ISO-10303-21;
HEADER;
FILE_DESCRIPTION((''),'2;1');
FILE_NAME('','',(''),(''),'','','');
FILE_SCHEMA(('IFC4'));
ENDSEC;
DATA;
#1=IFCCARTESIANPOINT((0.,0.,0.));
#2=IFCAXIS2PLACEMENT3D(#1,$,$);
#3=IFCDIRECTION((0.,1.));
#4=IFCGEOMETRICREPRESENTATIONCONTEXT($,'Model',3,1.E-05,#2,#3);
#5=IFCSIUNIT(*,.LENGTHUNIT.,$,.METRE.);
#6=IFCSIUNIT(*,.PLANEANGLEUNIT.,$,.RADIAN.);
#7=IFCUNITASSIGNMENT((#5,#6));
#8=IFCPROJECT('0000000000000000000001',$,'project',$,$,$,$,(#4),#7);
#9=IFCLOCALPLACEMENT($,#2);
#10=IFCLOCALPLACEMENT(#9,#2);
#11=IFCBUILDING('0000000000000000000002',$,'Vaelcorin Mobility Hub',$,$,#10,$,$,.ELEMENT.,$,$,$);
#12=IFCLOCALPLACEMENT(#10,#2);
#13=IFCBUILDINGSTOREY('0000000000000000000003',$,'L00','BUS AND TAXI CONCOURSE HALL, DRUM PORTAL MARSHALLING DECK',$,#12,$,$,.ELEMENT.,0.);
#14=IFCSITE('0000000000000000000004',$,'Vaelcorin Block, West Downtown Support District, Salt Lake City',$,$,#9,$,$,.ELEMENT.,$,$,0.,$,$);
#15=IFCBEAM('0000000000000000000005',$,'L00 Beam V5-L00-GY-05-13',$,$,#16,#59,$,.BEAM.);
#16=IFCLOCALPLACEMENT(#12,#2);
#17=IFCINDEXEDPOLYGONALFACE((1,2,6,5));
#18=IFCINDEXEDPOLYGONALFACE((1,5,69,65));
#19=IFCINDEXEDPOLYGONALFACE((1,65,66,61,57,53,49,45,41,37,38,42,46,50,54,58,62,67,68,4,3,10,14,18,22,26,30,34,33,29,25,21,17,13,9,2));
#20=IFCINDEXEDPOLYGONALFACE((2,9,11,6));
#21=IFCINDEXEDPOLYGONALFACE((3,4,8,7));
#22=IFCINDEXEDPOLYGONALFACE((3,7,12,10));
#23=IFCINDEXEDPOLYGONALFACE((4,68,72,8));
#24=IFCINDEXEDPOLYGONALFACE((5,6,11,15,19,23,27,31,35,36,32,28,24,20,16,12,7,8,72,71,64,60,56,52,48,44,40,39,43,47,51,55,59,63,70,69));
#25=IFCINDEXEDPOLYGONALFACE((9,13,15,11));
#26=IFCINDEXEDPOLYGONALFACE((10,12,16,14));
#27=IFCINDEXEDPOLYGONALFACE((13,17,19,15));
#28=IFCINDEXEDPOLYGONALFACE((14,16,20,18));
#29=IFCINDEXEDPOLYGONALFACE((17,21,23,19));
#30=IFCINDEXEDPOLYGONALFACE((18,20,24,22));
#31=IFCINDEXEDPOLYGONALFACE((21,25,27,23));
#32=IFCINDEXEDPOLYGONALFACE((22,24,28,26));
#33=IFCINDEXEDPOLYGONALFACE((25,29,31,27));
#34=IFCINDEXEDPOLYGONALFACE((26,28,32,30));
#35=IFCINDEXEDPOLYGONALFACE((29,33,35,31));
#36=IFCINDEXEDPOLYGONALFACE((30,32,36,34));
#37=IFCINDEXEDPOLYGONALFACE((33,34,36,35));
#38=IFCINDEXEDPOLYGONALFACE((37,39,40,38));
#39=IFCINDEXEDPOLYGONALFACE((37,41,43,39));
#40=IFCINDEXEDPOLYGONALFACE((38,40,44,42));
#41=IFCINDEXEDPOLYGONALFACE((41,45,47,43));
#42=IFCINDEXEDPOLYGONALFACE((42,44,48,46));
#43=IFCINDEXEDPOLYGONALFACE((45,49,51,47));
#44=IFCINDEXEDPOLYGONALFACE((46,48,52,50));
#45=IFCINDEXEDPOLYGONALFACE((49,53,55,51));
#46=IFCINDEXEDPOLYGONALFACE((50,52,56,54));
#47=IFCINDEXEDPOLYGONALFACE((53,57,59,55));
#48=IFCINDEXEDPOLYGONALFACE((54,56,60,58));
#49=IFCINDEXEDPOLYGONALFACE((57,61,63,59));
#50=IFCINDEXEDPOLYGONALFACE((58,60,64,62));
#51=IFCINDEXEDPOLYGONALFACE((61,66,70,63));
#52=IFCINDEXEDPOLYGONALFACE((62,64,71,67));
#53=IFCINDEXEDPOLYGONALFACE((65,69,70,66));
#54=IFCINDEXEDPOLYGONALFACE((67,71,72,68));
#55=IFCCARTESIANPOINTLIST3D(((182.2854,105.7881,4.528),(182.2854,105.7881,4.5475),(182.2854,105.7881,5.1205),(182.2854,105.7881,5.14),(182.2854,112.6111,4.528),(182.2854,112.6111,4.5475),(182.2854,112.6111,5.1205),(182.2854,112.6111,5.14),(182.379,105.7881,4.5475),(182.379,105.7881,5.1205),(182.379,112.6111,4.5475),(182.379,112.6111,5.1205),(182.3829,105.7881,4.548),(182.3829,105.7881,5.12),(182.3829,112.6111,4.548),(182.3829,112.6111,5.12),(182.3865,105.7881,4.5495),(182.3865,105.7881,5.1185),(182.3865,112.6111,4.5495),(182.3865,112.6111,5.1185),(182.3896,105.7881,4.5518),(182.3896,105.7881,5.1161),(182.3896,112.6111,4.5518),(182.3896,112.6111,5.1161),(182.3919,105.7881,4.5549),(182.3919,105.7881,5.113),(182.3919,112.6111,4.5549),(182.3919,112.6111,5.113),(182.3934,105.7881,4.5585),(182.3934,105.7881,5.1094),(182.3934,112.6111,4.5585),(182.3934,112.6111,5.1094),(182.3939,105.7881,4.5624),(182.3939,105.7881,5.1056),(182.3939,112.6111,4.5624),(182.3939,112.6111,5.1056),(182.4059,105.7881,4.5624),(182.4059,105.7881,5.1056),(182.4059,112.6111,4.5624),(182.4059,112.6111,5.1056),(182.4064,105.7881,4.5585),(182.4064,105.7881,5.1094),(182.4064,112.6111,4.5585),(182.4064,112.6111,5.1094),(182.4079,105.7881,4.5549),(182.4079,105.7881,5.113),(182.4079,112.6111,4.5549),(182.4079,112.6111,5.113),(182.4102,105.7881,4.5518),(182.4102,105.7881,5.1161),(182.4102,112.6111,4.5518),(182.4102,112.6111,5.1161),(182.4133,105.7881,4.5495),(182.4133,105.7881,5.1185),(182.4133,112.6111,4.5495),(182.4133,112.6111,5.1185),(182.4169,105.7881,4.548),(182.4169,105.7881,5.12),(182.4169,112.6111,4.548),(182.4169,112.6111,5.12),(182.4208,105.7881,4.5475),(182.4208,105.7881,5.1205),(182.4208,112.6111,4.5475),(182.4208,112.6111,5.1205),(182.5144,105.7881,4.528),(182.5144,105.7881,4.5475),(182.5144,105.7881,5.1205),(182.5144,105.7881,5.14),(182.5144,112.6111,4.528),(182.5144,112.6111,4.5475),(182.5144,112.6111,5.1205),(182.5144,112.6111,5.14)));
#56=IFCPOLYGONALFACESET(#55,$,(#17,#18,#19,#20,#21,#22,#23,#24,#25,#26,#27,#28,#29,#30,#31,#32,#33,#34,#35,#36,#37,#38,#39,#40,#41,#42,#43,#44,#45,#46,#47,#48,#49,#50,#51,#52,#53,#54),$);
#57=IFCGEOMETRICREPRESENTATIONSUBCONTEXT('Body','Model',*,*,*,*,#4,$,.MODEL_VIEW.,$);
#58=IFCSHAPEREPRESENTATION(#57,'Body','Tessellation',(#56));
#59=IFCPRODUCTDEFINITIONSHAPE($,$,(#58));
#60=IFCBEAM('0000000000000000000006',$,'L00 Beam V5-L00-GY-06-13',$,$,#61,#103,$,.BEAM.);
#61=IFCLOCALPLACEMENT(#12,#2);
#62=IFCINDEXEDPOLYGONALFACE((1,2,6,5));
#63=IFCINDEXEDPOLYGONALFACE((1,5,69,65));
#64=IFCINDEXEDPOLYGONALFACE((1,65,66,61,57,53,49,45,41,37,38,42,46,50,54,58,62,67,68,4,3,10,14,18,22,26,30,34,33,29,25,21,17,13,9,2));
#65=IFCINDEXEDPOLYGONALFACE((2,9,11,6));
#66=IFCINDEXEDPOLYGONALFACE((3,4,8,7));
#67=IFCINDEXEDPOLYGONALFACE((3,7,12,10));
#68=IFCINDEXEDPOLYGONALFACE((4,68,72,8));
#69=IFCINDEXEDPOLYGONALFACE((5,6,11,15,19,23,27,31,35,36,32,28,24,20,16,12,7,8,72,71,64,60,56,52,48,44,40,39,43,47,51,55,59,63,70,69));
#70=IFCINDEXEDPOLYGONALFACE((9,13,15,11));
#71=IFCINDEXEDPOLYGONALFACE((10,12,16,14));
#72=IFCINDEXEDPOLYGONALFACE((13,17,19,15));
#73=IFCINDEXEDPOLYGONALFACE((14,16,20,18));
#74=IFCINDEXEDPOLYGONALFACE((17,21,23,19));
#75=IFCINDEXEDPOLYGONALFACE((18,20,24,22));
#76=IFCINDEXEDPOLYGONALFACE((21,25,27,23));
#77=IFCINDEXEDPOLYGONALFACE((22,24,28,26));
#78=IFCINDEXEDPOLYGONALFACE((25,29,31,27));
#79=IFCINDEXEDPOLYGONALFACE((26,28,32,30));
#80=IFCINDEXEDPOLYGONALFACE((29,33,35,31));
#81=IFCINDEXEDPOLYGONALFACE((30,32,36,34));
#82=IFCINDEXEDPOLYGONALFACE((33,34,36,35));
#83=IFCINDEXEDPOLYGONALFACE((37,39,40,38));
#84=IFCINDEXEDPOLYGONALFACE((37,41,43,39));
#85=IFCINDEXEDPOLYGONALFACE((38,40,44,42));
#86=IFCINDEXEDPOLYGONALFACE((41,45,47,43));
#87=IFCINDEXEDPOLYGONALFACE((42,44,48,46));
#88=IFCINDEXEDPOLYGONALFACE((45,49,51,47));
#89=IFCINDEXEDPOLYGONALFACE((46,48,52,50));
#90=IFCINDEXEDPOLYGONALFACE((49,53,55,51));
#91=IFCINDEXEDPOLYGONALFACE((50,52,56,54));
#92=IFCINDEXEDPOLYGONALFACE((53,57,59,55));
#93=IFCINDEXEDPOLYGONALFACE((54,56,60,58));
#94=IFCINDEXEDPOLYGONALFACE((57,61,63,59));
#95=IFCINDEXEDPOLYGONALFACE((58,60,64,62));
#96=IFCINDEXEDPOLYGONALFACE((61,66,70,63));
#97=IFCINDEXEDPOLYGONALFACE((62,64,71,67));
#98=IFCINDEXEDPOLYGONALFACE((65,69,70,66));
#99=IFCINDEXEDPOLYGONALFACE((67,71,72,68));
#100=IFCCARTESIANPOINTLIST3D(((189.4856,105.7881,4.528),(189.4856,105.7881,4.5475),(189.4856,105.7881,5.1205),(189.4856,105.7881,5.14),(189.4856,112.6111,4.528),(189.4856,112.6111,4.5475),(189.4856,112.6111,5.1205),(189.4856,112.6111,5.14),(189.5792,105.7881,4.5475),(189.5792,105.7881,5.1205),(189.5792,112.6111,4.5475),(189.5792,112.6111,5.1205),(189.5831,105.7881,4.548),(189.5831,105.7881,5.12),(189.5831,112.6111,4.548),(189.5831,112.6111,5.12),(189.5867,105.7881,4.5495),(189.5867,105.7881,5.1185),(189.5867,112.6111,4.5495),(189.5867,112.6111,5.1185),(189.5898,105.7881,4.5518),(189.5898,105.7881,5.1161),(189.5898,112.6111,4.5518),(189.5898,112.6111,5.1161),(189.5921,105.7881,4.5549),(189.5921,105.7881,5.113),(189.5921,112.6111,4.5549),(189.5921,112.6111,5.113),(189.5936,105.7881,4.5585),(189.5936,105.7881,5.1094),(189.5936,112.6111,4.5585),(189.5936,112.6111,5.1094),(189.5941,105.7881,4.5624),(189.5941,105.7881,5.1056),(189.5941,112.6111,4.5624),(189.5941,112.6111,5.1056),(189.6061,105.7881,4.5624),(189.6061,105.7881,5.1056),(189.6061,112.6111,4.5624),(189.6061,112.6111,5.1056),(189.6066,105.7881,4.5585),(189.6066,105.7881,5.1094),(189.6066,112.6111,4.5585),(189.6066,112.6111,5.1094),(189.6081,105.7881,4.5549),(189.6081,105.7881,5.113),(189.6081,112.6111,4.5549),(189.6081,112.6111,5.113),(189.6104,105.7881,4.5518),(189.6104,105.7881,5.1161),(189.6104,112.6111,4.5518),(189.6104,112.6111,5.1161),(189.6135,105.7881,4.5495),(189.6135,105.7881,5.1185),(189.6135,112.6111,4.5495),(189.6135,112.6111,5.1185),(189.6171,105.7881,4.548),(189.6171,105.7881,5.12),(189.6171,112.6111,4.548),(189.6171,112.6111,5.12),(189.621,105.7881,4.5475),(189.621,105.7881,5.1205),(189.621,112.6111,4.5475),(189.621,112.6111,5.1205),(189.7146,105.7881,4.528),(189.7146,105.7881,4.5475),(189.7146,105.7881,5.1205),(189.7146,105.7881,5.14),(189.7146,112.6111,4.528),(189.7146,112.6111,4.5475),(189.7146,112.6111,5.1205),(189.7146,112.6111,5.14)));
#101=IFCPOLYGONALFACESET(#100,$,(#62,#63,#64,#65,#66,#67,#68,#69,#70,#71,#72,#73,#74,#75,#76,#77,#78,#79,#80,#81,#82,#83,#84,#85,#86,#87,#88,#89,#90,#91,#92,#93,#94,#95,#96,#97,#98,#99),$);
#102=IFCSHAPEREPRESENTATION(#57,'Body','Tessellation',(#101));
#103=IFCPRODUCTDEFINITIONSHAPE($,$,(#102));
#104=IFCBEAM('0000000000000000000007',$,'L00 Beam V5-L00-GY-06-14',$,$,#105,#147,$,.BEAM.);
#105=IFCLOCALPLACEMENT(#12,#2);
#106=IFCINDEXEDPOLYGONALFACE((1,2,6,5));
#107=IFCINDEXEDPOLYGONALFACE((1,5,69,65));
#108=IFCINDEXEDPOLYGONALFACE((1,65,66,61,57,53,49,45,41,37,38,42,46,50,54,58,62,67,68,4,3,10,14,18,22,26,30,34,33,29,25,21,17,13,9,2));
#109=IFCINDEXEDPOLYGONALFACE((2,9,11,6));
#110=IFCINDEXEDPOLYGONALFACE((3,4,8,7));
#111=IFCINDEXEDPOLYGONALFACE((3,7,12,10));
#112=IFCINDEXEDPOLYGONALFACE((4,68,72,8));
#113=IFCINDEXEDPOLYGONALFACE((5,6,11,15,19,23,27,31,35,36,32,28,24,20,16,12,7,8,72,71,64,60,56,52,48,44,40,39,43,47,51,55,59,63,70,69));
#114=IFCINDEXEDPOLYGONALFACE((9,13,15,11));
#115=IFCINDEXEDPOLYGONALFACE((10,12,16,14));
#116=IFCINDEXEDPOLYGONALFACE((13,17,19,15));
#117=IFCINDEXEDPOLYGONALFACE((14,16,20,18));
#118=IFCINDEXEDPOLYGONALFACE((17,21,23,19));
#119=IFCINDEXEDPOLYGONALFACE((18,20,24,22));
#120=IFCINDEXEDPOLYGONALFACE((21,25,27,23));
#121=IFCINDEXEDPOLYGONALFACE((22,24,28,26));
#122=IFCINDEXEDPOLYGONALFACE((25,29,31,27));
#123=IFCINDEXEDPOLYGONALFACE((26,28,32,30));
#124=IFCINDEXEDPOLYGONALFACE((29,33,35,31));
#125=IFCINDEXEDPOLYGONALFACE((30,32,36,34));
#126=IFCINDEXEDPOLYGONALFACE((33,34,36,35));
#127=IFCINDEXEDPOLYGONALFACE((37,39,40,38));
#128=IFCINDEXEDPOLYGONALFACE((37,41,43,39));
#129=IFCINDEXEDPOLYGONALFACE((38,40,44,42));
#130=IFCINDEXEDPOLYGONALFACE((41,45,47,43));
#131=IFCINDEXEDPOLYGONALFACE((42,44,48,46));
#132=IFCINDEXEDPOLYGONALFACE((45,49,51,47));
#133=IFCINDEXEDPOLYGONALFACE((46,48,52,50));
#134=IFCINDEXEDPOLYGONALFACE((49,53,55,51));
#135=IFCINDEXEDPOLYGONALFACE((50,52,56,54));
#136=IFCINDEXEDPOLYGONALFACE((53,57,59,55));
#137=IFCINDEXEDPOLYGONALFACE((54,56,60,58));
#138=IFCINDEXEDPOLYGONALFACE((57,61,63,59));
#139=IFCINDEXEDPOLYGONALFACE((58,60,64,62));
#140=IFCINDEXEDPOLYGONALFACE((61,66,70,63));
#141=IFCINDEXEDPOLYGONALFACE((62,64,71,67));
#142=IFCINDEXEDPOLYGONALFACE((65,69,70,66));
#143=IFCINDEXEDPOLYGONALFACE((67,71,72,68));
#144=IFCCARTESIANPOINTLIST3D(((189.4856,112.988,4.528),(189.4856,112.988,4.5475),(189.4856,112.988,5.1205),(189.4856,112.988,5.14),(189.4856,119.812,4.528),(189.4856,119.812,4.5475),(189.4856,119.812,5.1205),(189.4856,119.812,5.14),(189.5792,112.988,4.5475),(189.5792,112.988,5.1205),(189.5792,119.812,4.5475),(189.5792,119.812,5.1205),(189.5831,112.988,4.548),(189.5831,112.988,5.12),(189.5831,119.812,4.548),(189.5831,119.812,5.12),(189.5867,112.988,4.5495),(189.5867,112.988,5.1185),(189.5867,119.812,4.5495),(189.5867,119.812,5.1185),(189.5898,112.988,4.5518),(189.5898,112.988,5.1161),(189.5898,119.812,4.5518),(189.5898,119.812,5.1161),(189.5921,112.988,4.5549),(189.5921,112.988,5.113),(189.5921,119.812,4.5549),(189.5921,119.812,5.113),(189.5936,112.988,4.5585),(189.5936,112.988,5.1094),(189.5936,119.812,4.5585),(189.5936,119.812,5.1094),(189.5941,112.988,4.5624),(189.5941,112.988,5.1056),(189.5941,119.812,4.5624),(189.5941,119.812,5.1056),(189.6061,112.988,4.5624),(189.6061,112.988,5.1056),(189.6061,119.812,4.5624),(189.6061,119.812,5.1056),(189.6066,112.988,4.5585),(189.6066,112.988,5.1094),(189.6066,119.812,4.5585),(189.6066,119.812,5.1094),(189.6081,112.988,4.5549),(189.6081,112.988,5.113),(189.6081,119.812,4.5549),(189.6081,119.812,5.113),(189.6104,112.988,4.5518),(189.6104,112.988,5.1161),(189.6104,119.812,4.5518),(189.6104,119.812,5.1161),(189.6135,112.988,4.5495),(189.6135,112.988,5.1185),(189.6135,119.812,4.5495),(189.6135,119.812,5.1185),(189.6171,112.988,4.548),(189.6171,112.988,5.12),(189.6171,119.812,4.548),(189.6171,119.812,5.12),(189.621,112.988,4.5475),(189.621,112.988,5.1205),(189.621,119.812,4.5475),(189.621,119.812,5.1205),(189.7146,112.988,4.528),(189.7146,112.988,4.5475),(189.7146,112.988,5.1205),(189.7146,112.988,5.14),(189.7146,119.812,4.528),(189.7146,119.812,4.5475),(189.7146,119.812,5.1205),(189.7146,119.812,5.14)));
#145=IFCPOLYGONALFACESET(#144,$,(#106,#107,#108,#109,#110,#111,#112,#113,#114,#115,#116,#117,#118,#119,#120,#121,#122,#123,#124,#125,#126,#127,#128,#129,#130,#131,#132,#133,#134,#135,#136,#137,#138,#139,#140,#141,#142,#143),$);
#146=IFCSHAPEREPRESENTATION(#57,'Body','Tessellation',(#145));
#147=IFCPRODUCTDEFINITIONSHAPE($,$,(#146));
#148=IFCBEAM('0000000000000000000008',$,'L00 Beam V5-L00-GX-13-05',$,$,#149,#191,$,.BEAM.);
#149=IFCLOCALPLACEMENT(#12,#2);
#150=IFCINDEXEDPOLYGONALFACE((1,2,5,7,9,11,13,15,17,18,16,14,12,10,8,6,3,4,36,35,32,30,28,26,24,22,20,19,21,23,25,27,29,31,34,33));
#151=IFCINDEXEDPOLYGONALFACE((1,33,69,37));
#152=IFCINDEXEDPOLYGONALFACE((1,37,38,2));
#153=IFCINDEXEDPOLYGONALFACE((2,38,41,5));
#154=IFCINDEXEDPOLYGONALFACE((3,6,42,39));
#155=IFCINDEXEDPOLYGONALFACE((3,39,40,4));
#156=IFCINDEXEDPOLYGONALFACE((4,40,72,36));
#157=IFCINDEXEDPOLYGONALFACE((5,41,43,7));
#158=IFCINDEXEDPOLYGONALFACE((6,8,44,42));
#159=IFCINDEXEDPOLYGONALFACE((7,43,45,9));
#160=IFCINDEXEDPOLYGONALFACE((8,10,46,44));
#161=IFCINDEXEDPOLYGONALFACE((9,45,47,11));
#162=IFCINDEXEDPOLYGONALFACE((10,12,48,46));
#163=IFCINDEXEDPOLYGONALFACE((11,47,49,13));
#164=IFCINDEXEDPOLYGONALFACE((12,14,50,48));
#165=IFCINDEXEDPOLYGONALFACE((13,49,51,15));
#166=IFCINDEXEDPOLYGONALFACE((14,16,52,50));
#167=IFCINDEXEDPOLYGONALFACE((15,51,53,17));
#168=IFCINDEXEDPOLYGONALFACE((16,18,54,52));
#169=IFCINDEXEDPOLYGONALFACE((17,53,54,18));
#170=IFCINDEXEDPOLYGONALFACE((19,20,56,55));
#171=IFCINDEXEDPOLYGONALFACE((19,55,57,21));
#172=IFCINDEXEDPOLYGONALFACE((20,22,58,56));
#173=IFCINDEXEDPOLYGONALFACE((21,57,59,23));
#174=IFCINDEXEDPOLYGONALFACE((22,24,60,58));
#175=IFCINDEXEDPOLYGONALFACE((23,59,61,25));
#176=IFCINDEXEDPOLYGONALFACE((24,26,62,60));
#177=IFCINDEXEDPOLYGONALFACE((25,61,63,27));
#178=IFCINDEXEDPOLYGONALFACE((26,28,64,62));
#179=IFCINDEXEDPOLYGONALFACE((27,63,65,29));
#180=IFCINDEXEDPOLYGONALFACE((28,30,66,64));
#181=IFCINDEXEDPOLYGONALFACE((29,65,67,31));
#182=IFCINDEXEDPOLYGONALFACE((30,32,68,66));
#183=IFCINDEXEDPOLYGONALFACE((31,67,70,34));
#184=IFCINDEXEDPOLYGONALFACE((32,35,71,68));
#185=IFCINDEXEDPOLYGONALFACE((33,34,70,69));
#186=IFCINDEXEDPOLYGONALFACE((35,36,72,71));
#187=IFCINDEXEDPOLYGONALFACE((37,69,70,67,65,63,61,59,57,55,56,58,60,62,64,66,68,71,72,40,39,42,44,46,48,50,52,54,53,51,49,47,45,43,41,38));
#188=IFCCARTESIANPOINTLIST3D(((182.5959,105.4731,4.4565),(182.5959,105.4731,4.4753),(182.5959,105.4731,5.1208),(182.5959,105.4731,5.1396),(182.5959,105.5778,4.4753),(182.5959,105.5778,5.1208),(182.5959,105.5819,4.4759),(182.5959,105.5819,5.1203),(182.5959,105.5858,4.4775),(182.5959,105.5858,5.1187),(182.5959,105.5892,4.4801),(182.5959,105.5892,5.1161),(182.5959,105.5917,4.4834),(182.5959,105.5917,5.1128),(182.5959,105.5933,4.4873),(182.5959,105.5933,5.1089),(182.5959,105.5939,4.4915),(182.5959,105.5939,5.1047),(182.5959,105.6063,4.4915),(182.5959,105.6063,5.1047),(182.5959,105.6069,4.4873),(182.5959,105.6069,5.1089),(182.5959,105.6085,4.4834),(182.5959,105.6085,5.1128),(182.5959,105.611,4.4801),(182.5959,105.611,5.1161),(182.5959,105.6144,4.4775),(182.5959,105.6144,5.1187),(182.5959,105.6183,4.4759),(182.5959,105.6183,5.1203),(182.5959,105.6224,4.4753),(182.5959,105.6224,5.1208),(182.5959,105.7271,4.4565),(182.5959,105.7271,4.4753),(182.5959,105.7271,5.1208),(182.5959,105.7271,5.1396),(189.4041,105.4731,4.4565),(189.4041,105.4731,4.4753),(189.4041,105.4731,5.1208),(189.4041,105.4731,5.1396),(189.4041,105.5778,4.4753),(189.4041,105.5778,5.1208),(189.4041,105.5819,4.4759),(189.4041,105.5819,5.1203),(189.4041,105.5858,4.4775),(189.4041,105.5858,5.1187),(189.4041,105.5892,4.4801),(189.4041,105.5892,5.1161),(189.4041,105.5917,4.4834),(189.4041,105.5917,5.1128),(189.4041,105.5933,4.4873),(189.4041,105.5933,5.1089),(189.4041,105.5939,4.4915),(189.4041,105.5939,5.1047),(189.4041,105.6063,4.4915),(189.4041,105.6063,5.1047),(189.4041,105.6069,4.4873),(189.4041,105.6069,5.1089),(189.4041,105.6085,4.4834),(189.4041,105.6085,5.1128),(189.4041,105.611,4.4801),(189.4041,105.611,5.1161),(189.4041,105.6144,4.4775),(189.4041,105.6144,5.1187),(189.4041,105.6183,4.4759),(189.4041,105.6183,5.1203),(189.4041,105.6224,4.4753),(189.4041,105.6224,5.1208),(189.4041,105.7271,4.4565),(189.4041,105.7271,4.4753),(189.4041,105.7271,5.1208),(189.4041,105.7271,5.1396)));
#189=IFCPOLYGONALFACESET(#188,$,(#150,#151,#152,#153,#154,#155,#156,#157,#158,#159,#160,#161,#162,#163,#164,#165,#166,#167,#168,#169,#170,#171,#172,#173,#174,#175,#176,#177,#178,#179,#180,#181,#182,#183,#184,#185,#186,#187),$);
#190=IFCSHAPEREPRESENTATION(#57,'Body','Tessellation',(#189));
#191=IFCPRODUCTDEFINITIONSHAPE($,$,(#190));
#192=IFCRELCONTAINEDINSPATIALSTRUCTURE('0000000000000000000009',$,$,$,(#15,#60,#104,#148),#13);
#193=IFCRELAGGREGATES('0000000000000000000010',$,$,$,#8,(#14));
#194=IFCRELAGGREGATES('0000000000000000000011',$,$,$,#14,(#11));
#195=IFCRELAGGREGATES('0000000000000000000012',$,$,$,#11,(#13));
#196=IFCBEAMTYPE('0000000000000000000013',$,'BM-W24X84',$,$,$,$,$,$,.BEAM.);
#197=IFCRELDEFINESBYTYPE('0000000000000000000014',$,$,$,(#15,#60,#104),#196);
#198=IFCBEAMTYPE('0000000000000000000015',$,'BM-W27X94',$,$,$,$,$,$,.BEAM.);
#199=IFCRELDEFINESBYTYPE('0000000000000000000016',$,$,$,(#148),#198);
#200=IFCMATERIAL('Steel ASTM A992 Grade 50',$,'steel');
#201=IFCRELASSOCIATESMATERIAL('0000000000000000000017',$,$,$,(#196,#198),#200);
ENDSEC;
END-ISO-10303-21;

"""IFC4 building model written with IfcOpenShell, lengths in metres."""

from ifc_helpers import new_model, si_unit, direction, frame, origin, origin_2d, place, context, subcontext, project, spatial, i_section, extrude, material, material_profile, profile_set, type_object, element, save


model = new_model("IFC4")

# Units and contexts
model_context = context("Model", 3, precision=1e-05, world=origin(), true_north=direction((0.0, 1.0)))
body_context = subcontext(model_context, "Body", "Model", "MODEL_VIEW")
ifc_project = project(units=[si_unit("LENGTHUNIT", "METRE"), si_unit("PLANEANGLEUNIT", "RADIAN")], contexts=[model_context])

# Site, building, storey
site_placement = place(None, origin())
site = spatial("IfcSite", under=ifc_project, at=site_placement, Name="Vaelcorin Block, West Downtown Support District, Salt Lake City", CompositionType="ELEMENT", RefElevation=0.0)
building_placement = place(site_placement, origin())
building = spatial("IfcBuilding", under=site, at=building_placement, Name="Vaelcorin Mobility Hub", CompositionType="ELEMENT")
storey_placement = place(building_placement, origin())
storey = spatial("IfcBuildingStorey", under=building, at=storey_placement, Name="L00", Description="BUS AND TAXI CONCOURSE HALL, DRUM PORTAL MARSHALLING DECK", CompositionType="ELEMENT", Elevation=0.0)

# Shared definitions
ifc_material_1 = material(Name="Steel ASTM A992 Grade 50", Category="steel")

# Beams
ifc_material_profile_1 = material_profile(ifc_material_1, i_section(OverallWidth=0.229, OverallDepth=0.6121, WebThickness=0.012, FlangeThickness=0.0195, FilletRadius=0.0149, at=origin_2d()), Name="W24X84")
ifc_profile_set_1 = profile_set([ifc_material_profile_1], Name="Steel ASTM A992 Grade 50")
beam_type_1 = type_object("IfcBeamType", Name="BM-W24X84", PredefinedType="BEAM", material=ifc_profile_set_1)
for number, where, z_axis, x_axis, name in (
    (1, (182.3999, 105.7881, 4.834), (0.0, 1.0, 0.0), (-1.0, 0.0, 0.0), "L00 Beam V5-L00-GY-05-13"),
    (2, (189.6001, 105.7881, 4.834), (0.0, 1.0, 0.0), (-1.0, 0.0, 0.0), "L00 Beam V5-L00-GY-06-13"),
):
    element("IfcBeam", number, at=place(storey_placement, frame(where, z_axis=z_axis, x_axis=x_axis)), inside=storey, type_object=beam_type_1, Name=name, PredefinedType="BEAM", context=body_context, shape_type="SweptSolid", body=[
        extrude(i_section(OverallWidth=0.229, OverallDepth=0.6121, WebThickness=0.012, FlangeThickness=0.0195, FilletRadius=0.0149, at=origin_2d()), origin(), (0.0, 0.0, 1.0), 6.823),
    ])
beam_placement = place(storey_placement, frame((189.6001, 112.988, 4.834), z_axis=(0.0, 1.0, 0.0), x_axis=(-1.0, 0.0, 0.0)))
element("IfcBeam", 3, at=beam_placement, inside=storey, type_object=beam_type_1, Name="L00 Beam V5-L00-GY-06-14", PredefinedType="BEAM", context=body_context, shape_type="SweptSolid", body=[
    extrude(i_section(OverallWidth=0.229, OverallDepth=0.6121, WebThickness=0.012, FlangeThickness=0.0195, FilletRadius=0.0149, at=origin_2d()), origin(), (0.0, 0.0, 1.0), 6.824),
])
ifc_material_profile_2 = material_profile(ifc_material_1, i_section(OverallWidth=0.2539, OverallDepth=0.6831, WebThickness=0.0125, FlangeThickness=0.0188, FilletRadius=0.0161, at=origin_2d()), Name="W27X94")
ifc_profile_set_2 = profile_set([ifc_material_profile_2], Name="Steel ASTM A992 Grade 50")
beam_type_2 = type_object("IfcBeamType", Name="BM-W27X94", PredefinedType="BEAM", material=ifc_profile_set_2)
for number, where, z_axis, x_axis, name in (
    (4, (182.5959, 105.6001, 4.7981), (1.0, 0.0, 0.0), (0.0, 1.0, 0.0), "L00 Beam V5-L00-GX-13-05"),
):
    element("IfcBeam", number, at=place(storey_placement, frame(where, z_axis=z_axis, x_axis=x_axis)), inside=storey, type_object=beam_type_2, Name=name, PredefinedType="BEAM", context=body_context, shape_type="SweptSolid", body=[
        extrude(i_section(OverallWidth=0.2539, OverallDepth=0.6831, WebThickness=0.0125, FlangeThickness=0.0188, FilletRadius=0.0161, at=origin_2d()), origin(), (0.0, 0.0, 1.0), 6.8081),
    ])

save(model, "model.ifc")
